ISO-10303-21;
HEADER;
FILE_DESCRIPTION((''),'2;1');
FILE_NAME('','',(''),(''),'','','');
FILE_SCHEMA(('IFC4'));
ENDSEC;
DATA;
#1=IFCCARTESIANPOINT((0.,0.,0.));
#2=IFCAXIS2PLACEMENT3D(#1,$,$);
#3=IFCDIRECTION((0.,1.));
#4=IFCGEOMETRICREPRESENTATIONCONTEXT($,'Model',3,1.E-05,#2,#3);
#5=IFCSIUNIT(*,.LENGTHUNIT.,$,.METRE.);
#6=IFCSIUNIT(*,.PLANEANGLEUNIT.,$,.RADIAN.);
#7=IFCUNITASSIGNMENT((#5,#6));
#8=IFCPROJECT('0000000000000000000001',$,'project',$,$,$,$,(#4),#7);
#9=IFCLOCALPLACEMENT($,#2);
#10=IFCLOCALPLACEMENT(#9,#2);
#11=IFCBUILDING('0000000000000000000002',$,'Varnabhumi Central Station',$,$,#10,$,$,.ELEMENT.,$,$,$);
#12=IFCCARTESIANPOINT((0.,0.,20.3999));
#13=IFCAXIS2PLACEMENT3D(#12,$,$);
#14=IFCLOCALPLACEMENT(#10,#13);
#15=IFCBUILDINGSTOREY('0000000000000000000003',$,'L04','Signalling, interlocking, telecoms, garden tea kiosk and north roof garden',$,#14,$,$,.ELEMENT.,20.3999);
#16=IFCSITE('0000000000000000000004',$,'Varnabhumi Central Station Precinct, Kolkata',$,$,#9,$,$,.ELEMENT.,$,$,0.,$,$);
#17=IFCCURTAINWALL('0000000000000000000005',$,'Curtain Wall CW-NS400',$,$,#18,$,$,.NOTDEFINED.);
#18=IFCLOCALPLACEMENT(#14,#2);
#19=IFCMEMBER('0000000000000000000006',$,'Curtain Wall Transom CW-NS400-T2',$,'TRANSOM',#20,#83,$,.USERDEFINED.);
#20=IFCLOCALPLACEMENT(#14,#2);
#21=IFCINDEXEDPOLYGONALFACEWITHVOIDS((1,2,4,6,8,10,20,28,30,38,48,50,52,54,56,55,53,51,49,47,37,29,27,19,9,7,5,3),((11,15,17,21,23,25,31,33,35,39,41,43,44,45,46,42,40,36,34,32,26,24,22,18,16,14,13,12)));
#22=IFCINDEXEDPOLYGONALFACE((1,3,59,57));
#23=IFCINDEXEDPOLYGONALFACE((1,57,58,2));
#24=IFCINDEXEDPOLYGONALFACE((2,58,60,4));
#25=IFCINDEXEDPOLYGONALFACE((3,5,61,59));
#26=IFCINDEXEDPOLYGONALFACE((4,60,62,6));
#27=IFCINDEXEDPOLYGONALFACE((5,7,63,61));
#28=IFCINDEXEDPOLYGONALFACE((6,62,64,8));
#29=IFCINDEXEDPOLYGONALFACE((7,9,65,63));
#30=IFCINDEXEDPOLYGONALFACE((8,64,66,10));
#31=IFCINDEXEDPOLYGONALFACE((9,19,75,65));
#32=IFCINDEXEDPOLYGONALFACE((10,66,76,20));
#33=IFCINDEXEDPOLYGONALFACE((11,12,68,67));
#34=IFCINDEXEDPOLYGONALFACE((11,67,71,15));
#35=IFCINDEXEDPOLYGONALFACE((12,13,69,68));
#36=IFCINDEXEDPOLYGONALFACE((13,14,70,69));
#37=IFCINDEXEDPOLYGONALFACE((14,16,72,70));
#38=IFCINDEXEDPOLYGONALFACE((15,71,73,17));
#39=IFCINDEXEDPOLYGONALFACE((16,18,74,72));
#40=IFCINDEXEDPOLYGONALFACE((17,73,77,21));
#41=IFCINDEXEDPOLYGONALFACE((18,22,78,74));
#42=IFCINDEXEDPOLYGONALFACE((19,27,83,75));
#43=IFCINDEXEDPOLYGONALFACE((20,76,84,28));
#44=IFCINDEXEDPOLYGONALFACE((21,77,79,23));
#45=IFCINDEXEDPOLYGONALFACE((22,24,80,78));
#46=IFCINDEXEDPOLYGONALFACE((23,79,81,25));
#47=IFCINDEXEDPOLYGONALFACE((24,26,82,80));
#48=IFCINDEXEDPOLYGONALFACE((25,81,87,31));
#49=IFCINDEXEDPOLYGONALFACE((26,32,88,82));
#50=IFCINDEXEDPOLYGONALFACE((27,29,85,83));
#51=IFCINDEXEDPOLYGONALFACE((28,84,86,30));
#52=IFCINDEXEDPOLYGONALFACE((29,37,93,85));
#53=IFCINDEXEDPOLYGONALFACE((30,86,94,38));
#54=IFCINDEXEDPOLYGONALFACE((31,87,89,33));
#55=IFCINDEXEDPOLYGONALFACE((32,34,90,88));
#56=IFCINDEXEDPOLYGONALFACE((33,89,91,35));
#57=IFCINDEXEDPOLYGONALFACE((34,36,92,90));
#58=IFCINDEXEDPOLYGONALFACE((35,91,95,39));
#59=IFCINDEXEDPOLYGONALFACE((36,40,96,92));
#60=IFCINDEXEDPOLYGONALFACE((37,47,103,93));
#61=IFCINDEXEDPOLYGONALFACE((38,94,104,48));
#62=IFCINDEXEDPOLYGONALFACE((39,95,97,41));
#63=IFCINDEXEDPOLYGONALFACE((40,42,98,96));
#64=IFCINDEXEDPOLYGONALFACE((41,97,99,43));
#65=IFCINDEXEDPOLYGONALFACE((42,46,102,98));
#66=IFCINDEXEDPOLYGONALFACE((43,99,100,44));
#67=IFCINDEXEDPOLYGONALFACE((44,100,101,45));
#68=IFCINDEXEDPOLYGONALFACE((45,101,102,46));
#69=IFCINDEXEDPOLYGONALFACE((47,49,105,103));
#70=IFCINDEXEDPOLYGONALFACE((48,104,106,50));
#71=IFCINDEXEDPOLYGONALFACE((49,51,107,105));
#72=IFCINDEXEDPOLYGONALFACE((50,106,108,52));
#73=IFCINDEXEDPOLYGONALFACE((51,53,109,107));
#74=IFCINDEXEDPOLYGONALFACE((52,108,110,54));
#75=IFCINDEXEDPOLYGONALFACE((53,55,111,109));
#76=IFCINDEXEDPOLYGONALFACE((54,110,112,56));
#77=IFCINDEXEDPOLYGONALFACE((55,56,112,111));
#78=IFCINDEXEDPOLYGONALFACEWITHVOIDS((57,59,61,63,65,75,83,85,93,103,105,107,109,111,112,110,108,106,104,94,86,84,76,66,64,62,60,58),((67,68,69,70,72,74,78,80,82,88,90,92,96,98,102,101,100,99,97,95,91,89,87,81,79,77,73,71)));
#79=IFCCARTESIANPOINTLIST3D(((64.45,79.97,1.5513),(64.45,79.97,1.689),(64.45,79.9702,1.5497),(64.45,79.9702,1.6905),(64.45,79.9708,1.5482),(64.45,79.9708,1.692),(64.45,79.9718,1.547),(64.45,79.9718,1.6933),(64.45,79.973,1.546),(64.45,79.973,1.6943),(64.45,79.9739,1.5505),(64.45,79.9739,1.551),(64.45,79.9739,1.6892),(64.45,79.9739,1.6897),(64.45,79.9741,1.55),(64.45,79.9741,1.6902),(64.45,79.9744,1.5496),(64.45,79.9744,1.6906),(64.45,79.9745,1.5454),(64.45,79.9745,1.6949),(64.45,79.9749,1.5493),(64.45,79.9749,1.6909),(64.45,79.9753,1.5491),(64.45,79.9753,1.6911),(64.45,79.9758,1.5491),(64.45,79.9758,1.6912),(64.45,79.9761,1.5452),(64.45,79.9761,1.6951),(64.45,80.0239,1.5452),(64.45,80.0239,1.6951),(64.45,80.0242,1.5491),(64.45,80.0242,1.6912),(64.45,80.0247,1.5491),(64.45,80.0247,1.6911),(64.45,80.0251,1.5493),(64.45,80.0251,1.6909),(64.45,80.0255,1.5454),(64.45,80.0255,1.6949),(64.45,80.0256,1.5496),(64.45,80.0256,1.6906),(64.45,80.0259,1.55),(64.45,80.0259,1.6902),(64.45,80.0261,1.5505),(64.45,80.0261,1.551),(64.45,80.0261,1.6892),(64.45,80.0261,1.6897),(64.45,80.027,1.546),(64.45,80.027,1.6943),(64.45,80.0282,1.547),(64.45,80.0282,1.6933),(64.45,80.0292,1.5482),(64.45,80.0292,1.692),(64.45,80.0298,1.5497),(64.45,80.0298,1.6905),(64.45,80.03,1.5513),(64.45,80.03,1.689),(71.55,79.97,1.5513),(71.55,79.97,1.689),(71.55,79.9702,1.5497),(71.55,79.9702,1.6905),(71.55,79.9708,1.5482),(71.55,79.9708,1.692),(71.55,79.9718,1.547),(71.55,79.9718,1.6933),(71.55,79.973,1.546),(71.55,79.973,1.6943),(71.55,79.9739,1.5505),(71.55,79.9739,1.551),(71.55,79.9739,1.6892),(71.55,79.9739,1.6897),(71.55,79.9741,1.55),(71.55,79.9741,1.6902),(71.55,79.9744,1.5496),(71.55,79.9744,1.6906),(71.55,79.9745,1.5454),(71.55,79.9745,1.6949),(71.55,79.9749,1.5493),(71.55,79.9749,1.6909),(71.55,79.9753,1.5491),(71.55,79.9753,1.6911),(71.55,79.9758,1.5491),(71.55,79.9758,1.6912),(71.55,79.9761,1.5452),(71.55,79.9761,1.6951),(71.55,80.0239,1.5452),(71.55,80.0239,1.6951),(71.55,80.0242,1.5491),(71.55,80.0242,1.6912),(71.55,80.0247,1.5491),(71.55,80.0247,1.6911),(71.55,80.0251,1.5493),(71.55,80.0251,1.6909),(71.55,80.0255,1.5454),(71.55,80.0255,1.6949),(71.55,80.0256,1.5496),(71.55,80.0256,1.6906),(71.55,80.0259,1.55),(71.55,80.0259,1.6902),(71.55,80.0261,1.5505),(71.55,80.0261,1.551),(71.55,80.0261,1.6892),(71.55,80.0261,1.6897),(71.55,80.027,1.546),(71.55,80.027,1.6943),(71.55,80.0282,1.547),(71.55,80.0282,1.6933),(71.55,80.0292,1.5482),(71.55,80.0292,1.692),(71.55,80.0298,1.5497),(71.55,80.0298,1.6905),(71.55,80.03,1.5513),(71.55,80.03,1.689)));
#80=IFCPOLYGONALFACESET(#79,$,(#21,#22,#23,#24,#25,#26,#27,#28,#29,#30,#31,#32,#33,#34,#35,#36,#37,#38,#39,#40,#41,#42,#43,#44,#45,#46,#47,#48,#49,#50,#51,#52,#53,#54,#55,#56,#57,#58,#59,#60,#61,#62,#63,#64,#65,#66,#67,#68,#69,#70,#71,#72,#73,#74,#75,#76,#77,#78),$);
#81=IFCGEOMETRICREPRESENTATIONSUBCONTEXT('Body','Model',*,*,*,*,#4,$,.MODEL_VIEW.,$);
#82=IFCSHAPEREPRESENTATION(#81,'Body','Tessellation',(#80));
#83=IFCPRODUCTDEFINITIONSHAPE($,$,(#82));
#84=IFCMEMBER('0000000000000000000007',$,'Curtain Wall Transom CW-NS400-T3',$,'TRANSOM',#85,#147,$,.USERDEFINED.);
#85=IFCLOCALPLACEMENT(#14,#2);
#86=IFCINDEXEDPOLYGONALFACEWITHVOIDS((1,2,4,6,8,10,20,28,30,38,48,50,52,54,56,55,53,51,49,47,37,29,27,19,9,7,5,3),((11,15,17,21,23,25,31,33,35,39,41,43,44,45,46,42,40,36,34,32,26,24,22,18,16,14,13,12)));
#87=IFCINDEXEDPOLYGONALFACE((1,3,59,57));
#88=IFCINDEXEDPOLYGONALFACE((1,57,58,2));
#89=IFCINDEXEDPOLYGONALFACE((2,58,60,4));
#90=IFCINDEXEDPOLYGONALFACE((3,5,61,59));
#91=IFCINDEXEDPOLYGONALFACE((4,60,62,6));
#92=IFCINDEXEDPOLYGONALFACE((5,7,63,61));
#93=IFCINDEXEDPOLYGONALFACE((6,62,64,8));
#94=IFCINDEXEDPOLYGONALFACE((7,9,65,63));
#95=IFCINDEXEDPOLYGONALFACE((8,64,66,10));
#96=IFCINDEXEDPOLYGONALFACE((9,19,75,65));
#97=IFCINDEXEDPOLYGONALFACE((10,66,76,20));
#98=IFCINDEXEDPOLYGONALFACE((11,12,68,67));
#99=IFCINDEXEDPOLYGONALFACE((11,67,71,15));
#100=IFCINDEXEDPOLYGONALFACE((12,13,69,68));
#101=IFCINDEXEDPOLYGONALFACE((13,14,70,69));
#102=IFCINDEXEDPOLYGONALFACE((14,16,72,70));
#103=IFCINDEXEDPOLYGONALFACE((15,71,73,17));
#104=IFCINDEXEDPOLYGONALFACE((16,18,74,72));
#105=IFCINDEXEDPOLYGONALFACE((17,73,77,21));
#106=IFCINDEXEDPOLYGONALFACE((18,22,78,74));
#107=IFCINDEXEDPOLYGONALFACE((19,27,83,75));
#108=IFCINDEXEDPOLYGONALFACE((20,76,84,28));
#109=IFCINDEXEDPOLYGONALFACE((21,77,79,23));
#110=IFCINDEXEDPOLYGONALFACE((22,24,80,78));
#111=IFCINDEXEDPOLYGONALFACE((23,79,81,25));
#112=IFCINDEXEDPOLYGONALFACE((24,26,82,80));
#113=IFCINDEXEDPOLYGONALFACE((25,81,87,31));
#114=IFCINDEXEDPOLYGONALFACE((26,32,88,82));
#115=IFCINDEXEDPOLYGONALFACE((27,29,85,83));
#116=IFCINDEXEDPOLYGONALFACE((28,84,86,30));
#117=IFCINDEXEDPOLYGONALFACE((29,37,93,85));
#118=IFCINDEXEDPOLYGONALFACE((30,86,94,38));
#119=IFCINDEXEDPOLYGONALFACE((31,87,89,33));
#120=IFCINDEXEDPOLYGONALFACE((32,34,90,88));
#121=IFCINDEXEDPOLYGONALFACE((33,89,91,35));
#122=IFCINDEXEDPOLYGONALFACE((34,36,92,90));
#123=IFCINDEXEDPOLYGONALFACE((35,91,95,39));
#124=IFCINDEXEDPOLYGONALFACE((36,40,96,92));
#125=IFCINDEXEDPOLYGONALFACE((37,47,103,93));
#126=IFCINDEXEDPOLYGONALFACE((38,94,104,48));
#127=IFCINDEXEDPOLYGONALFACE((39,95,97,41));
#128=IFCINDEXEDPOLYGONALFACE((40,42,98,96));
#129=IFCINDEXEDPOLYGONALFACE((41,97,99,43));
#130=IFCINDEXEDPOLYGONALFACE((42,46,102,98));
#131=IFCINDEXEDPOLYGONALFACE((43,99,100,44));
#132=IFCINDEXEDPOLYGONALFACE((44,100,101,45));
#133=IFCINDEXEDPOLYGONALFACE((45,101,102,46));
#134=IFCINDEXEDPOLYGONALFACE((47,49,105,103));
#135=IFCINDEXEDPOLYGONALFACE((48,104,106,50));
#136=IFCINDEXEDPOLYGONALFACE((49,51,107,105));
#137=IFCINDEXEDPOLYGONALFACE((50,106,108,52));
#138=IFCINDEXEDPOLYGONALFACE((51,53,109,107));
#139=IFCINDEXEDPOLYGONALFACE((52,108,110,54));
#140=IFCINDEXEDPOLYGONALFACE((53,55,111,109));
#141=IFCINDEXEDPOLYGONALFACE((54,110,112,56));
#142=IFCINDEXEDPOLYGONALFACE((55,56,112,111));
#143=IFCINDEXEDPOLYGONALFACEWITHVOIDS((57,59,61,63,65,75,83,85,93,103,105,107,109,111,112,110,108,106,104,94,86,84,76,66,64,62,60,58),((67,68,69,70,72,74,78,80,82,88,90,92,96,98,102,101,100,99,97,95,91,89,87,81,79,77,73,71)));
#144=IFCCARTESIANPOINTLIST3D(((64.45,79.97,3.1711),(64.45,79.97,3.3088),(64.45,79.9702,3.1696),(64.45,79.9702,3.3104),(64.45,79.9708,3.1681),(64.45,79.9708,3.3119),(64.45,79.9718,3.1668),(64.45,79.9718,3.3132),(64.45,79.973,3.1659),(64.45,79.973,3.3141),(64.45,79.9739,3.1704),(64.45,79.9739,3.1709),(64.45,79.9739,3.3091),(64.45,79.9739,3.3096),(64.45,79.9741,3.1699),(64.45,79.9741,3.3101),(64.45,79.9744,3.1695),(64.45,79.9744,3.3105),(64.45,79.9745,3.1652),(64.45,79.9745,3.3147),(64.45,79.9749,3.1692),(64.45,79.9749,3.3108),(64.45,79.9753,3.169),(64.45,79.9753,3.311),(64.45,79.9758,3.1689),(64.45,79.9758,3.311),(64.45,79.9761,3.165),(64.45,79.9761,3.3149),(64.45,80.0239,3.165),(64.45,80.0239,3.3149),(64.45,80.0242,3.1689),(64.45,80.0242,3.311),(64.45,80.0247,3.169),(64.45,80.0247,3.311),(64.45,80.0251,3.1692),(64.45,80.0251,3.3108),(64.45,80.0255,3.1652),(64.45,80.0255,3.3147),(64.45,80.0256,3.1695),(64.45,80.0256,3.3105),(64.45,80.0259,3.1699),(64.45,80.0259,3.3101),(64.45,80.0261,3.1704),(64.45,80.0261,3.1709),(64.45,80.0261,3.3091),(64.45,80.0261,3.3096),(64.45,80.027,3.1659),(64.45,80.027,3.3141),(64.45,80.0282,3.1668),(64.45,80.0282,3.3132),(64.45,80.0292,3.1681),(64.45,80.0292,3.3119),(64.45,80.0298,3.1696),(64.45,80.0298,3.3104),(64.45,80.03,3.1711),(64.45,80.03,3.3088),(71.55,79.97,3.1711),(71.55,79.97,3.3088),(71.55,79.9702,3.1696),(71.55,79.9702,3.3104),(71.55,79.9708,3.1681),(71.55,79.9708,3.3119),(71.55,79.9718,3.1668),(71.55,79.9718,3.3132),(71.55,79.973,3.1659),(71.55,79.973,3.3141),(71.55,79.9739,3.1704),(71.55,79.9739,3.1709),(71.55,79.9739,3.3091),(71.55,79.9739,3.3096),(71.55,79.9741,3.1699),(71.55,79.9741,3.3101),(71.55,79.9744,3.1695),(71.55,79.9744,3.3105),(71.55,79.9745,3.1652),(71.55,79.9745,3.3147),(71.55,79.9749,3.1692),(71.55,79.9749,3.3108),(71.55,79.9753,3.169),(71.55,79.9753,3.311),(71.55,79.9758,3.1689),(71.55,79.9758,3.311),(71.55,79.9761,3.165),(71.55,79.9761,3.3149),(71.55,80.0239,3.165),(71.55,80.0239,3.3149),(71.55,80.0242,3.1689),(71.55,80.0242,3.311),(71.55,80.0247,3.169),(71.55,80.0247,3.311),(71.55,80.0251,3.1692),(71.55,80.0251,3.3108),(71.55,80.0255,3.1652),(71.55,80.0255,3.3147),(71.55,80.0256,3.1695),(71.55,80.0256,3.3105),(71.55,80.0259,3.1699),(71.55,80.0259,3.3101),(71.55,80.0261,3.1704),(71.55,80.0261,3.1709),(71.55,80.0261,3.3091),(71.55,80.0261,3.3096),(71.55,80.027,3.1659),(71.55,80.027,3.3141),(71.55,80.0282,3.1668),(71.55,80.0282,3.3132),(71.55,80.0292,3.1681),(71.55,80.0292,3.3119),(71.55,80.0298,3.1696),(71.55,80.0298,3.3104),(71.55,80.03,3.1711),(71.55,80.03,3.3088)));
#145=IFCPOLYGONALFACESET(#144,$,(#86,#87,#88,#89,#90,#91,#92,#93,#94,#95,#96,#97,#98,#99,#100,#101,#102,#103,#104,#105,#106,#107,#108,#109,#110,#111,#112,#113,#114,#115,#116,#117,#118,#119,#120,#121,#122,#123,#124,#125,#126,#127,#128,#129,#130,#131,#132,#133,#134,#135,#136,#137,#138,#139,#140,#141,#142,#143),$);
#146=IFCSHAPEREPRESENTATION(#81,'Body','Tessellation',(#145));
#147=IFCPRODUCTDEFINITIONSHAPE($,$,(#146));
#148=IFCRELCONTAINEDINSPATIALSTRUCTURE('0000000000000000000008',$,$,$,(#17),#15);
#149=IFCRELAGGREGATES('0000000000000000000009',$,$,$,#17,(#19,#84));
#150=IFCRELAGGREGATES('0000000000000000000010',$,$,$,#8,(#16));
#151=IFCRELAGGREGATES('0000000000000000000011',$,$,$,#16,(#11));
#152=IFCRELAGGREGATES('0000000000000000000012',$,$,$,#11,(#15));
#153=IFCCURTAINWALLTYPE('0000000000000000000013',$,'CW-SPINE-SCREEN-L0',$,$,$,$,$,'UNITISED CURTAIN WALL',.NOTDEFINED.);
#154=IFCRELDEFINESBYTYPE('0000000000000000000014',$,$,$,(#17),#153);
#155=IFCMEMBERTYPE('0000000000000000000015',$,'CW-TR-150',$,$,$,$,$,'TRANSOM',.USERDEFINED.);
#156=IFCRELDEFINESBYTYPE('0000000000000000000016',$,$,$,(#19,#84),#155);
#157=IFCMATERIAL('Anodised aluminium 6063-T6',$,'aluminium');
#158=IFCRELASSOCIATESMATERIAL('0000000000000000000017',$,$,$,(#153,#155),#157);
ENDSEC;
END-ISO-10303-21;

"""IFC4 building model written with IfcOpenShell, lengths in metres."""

from ifc_helpers import new_model, si_unit, direction, frame, origin, origin_2d, place, context, subcontext, project, spatial, hollow_rectangle, extrude, material, material_profile, profile_set, type_object, element, aggregate, save


model = new_model("IFC4")

# Units and contexts
model_context = context("Model", 3, precision=1e-05, world=origin(), true_north=direction((0.0, 1.0)))
body_context = subcontext(model_context, "Body", "Model", "MODEL_VIEW")
ifc_project = project(units=[si_unit("LENGTHUNIT", "METRE"), si_unit("PLANEANGLEUNIT", "RADIAN")], contexts=[model_context])

# Site, building, storey
site_placement = place(None, origin())
site = spatial("IfcSite", under=ifc_project, at=site_placement, Name="Varnabhumi Central Station Precinct, Kolkata", CompositionType="ELEMENT", RefElevation=0.0)
building_placement = place(site_placement, origin())
building = spatial("IfcBuilding", under=site, at=building_placement, Name="Varnabhumi Central Station", CompositionType="ELEMENT")
storey_placement = place(building_placement, frame((0.0, 0.0, 20.3999)))
storey = spatial("IfcBuildingStorey", under=building, at=storey_placement, Name="L04", Description="Signalling, interlocking, telecoms, garden tea kiosk and north roof garden", CompositionType="ELEMENT", Elevation=20.3999)

# Curtain wall, members
ifc_material_1 = material(Name="Anodised aluminium 6063-T6", Category="aluminium")
curtain_wall_type = type_object("IfcCurtainWallType", Name="CW-SPINE-SCREEN-L0", ElementType="UNITISED CURTAIN WALL", PredefinedType="NOTDEFINED", material=ifc_material_1)
curtain_wall_placement = place(storey_placement, origin())
curtain_wall = element("IfcCurtainWall", 1, at=curtain_wall_placement, inside=storey, type_object=curtain_wall_type, Name="Curtain Wall CW-NS400", PredefinedType="NOTDEFINED")
ifc_material_profile_1 = material_profile(ifc_material_1, hollow_rectangle(XDim=0.0601, YDim=0.1499, WallThickness=0.0039, InnerFilletRadius=0.002, OuterFilletRadius=0.0061, at=origin_2d()), Name="Anodised aluminium 6063-T6", Category="aluminium")
ifc_profile_set_1 = profile_set([ifc_material_profile_1], Name="Anodised aluminium 6063-T6")
member_type_1 = type_object("IfcMemberType", Name="CW-TR-150", ElementType="TRANSOM", PredefinedType="USERDEFINED", material=ifc_profile_set_1)
member_1_placement = place(storey_placement, frame((64.45, 80.0, 1.6201), z_axis=(1.0, 0.0, 0.0), x_axis=(0.0, 1.0, 0.0)))
member_1 = element("IfcMember", 2, at=member_1_placement, type_object=member_type_1, Name="Curtain Wall Transom CW-NS400-T2", ObjectType="TRANSOM", PredefinedType="USERDEFINED", context=body_context, shape_type="SweptSolid", body=[
    extrude(hollow_rectangle(XDim=0.0601, YDim=0.1499, WallThickness=0.0039, InnerFilletRadius=0.002, OuterFilletRadius=0.0061, at=origin_2d()), origin(), (0.0, 0.0, 1.0), 7.1001),
])
member_2_placement = place(storey_placement, frame((64.45, 80.0, 3.24), z_axis=(1.0, 0.0, 0.0), x_axis=(0.0, 1.0, 0.0)))
member_2 = element("IfcMember", 3, at=member_2_placement, type_object=member_type_1, Name="Curtain Wall Transom CW-NS400-T3", ObjectType="TRANSOM", PredefinedType="USERDEFINED", context=body_context, shape_type="SweptSolid", body=[
    extrude(hollow_rectangle(XDim=0.0601, YDim=0.1499, WallThickness=0.0039, InnerFilletRadius=0.002, OuterFilletRadius=0.0061, at=origin_2d()), origin(), (0.0, 0.0, 1.0), 7.1001),
])

aggregate(curtain_wall, [member_1, member_2])

save(model, "model.ifc")
